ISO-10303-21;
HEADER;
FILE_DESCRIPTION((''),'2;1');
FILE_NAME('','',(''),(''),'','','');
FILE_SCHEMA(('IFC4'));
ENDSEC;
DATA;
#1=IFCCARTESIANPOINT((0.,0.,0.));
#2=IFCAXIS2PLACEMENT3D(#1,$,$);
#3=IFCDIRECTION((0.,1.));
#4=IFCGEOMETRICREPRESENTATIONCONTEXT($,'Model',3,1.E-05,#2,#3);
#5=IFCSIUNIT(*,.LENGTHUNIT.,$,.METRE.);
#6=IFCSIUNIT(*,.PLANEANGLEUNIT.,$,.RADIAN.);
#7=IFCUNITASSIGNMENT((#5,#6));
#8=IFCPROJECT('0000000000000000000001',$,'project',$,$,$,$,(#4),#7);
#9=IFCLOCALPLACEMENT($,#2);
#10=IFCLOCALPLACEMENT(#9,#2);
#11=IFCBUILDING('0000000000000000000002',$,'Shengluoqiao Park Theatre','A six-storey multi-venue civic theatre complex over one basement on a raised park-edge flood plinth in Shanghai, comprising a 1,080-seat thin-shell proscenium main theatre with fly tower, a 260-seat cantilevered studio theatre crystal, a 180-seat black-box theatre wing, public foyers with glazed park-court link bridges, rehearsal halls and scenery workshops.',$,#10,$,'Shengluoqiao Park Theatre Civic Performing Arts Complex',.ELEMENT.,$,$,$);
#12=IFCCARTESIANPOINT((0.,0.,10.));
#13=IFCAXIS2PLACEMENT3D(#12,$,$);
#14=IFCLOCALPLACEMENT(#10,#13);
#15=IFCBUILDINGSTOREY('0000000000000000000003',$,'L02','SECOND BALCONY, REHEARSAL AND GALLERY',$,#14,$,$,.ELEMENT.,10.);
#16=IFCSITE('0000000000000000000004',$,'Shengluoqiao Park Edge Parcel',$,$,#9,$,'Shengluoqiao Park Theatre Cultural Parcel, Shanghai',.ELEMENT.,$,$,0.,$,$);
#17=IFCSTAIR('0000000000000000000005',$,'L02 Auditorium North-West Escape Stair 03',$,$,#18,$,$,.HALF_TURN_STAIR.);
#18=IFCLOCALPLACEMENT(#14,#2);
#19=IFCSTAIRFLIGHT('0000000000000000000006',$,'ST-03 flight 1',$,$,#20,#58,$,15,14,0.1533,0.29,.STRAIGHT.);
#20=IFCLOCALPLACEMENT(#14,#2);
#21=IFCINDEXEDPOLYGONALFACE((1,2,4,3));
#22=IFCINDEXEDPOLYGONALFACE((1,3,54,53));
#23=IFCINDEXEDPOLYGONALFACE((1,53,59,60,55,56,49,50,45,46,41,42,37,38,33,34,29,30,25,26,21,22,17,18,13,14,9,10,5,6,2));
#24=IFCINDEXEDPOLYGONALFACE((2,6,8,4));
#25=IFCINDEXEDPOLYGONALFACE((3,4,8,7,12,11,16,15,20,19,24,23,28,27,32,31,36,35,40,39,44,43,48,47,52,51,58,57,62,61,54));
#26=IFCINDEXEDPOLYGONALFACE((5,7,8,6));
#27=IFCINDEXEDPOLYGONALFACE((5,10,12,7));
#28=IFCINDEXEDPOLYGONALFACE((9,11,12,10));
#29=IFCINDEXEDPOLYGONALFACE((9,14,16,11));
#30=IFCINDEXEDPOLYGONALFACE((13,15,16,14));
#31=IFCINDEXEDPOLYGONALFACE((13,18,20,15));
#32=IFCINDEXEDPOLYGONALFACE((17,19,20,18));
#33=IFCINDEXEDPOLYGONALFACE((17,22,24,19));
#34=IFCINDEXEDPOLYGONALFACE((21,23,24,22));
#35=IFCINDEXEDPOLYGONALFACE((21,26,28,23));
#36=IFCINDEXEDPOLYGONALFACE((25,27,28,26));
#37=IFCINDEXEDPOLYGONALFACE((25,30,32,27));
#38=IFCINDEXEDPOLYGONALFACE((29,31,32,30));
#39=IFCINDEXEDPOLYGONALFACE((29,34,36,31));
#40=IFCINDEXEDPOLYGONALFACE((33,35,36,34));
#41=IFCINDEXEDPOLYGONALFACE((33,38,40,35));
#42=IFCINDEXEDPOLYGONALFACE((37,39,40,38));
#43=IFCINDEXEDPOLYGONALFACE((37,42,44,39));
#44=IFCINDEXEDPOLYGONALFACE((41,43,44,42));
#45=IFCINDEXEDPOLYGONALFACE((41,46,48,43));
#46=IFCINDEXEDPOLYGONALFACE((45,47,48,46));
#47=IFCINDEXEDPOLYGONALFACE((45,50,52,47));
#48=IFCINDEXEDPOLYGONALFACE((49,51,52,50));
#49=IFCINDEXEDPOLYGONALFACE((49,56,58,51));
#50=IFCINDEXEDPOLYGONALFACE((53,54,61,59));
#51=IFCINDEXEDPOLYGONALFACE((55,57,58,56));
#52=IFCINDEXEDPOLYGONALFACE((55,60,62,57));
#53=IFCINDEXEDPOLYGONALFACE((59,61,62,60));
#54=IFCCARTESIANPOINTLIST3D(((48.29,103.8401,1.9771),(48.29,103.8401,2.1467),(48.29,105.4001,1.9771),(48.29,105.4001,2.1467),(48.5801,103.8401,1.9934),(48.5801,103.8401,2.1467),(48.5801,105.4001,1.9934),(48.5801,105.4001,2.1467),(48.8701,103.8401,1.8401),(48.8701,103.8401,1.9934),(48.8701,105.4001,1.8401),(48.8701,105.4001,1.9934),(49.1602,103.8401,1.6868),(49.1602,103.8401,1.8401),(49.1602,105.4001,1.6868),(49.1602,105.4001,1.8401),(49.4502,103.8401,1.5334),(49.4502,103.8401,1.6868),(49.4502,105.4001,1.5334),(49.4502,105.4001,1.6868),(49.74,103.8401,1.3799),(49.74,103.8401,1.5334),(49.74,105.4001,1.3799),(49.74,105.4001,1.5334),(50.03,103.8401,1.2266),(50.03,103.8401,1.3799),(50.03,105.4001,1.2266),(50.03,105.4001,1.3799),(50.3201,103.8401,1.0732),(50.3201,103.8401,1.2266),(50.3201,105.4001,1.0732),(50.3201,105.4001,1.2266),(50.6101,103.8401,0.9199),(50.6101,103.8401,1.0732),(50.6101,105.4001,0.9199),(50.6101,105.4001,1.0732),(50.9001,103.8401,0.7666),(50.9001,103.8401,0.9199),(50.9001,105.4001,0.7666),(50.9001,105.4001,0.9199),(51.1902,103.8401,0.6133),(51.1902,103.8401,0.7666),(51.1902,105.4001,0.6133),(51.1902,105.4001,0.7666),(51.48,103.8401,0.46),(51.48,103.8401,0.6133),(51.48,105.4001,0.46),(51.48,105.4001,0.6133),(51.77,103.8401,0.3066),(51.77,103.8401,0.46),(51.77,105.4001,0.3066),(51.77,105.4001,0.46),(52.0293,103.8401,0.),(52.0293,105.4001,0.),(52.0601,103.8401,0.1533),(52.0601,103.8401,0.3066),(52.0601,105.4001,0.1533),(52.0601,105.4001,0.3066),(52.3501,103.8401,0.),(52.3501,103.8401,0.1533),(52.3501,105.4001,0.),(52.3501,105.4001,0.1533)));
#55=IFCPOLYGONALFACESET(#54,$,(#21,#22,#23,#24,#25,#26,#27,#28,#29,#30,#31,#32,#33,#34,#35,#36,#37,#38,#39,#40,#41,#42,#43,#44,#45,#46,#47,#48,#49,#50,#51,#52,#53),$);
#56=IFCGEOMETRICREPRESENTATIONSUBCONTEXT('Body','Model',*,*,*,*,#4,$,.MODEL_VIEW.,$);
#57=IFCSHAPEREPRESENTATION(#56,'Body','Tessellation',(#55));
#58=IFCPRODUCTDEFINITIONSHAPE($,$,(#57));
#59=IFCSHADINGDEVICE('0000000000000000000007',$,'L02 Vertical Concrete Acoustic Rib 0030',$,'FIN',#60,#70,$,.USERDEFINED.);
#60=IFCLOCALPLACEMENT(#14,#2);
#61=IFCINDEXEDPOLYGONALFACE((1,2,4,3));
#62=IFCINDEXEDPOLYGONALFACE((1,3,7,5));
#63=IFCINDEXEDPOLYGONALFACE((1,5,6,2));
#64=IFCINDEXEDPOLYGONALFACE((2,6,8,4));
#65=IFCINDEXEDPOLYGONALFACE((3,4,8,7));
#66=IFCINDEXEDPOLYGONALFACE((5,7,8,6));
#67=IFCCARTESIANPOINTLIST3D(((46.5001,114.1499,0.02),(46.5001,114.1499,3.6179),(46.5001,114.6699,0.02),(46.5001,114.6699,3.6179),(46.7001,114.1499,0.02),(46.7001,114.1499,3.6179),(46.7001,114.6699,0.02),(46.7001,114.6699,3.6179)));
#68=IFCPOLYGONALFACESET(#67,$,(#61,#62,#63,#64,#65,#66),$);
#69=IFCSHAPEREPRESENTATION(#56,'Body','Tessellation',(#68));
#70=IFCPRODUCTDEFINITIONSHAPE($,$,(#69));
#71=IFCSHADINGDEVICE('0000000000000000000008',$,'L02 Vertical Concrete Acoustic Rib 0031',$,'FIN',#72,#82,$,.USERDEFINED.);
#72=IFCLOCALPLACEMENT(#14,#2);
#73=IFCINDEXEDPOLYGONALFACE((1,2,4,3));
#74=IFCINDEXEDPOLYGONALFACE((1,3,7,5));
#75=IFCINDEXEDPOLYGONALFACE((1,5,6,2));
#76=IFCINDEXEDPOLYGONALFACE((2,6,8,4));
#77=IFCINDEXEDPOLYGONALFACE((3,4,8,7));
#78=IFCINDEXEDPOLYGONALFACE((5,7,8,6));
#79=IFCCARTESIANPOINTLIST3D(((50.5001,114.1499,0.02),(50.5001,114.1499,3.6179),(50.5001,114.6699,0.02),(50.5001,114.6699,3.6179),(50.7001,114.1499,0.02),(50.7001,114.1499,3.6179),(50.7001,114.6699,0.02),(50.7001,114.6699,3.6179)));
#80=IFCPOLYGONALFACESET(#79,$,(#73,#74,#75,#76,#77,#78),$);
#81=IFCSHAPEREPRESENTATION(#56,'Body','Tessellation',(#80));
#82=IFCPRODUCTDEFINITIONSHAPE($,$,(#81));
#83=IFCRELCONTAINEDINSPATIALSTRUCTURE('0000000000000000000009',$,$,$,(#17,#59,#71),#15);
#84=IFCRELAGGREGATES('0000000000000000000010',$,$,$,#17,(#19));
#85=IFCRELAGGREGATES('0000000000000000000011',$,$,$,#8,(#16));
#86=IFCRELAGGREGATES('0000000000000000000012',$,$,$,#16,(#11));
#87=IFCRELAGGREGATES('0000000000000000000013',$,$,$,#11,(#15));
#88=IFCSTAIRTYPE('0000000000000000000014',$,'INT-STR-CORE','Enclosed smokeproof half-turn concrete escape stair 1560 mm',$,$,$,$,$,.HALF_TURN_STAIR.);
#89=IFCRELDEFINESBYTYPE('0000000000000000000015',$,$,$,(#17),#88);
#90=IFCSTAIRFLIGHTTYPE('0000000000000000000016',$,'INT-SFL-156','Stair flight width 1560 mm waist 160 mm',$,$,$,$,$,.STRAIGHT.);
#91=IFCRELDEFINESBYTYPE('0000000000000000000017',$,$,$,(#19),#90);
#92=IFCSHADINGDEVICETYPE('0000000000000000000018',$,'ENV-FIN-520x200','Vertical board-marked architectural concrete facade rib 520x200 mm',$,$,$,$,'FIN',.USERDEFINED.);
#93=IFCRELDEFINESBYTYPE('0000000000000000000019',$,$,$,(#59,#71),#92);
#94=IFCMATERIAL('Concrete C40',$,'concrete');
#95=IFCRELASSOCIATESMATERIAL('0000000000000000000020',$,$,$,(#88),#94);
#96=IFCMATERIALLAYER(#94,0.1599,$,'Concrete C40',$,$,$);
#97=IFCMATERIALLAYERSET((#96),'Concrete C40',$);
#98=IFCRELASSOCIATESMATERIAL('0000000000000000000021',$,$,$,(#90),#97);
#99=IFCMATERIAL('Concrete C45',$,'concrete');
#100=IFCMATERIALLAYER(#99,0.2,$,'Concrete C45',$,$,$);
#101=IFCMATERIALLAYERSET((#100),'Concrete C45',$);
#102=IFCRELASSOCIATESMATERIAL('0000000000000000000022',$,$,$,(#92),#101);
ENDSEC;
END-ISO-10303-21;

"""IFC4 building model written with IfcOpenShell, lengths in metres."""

from ifc_helpers import new_model, si_unit, direction, frame, origin, origin_2d, place, context, subcontext, project, spatial, polyline, rectangle, outline, extrude, material, layer, layer_set, type_object, element, aggregate, save


model = new_model("IFC4")

# Units and contexts
model_context = context("Model", 3, precision=1e-05, world=origin(), true_north=direction((0.0, 1.0)))
body_context = subcontext(model_context, "Body", "Model", "MODEL_VIEW")
ifc_project = project(units=[si_unit("LENGTHUNIT", "METRE"), si_unit("PLANEANGLEUNIT", "RADIAN")], contexts=[model_context])

# Site, building, storey
site_placement = place(None, origin())
site = spatial("IfcSite", under=ifc_project, at=site_placement, Name="Shengluoqiao Park Edge Parcel", LongName="Shengluoqiao Park Theatre Cultural Parcel, Shanghai", CompositionType="ELEMENT", RefElevation=0.0)
building_placement = place(site_placement, origin())
building = spatial("IfcBuilding", under=site, at=building_placement, Name="Shengluoqiao Park Theatre", Description="A six-storey multi-venue civic theatre complex over one basement on a raised park-edge flood plinth in Shanghai, comprising a 1,080-seat thin-shell proscenium main theatre with fly tower, a 260-seat cantilevered studio theatre crystal, a 180-seat black-box theatre wing, public foyers with glazed park-court link bridges, rehearsal halls and scenery workshops.", LongName="Shengluoqiao Park Theatre Civic Performing Arts Complex", CompositionType="ELEMENT")
storey_placement = place(building_placement, frame((0.0, 0.0, 10.0)))
storey = spatial("IfcBuildingStorey", under=building, at=storey_placement, Name="L02", Description="SECOND BALCONY, REHEARSAL AND GALLERY", CompositionType="ELEMENT", Elevation=10.0)

# Shared definitions
ifc_material_1 = material(Name="Concrete C45", Category="concrete")

# Stair, stair flight
ifc_material_2 = material(Name="Concrete C40", Category="concrete")
stair_type = type_object("IfcStairType", Name="INT-STR-CORE", Description="Enclosed smokeproof half-turn concrete escape stair 1560 mm", PredefinedType="HALF_TURN_STAIR", material=ifc_material_2)
stair_placement = place(storey_placement, origin())
stair = element("IfcStair", 1, at=stair_placement, inside=storey, type_object=stair_type, Name="L02 Auditorium North-West Escape Stair 03", PredefinedType="HALF_TURN_STAIR")
ifc_layer_1 = layer(ifc_material_2, 0.1599, Name="Concrete C40")
ifc_layer_set_1 = layer_set([ifc_layer_1], Name="Concrete C40")
stair_flight_type = type_object("IfcStairFlightType", Name="INT-SFL-156", Description="Stair flight width 1560 mm waist 160 mm", PredefinedType="STRAIGHT", material=ifc_layer_set_1)
stair_flight_placement = place(storey_placement, frame((52.3501, 104.6201, 0.0), z_axis=(0.0, 0.0, 1.0), x_axis=(-1.0, 0.0, 0.0)))
stair_flight = element("IfcStairFlight", 2, at=stair_flight_placement, type_object=stair_flight_type, Name="ST-03 flight 1", NumberOfRisers=15, NumberOfTreads=14, PredefinedType="STRAIGHT", RiserHeight=0.1533, TreadLength=0.29, context=body_context, shape_type="SweptSolid", body=[
    extrude(outline(polyline([(0.0, 0.0), (0.0, 0.1533), (0.29, 0.1533), (0.29, 0.3066), (0.5801, 0.3066), (0.5801, 0.46), (0.8701, 0.46), (0.8701, 0.6133), (1.1599, 0.6133), (1.1599, 0.7666), (1.45, 0.7666), (1.45, 0.9199), (1.74, 0.9199), (1.74, 1.0732), (2.03, 1.0732), (2.03, 1.2266), (2.3201, 1.2266), (2.3201, 1.3799), (2.6101, 1.3799), (2.6101, 1.5334), (2.8999, 1.5334), (2.8999, 1.6868), (3.1899, 1.6868), (3.1899, 1.8401), (3.48, 1.8401), (3.48, 1.9934), (3.77, 1.9934), (3.77, 2.1467), (4.0601, 2.1467), (4.0601, 2.3), (4.0601, 1.9771), (0.3208, 0.0), (0.0, 0.0)])), frame((0.0, 0.78, 0.0), z_axis=(0.0, -1.0, 0.0), x_axis=(1.0, 0.0, 0.0)), (0.0, 0.0, 1.0), 1.5601),
])
aggregate(stair, [stair_flight])

# Shading devices
ifc_layer_2 = layer(ifc_material_1, 0.2, Name="Concrete C45")
ifc_layer_set_2 = layer_set([ifc_layer_2], Name="Concrete C45")
shading_device_type = type_object("IfcShadingDeviceType", Name="ENV-FIN-520x200", Description="Vertical board-marked architectural concrete facade rib 520x200 mm", ElementType="FIN", PredefinedType="USERDEFINED", material=ifc_layer_set_2)
for number, where, z_axis, x_axis, name in (
    (3, (46.6001, 114.4099, 0.02), (0.0, 0.0, 1.0), (0.0, 1.0, 0.0), "L02 Vertical Concrete Acoustic Rib 0030"),
    (4, (50.6001, 114.4099, 0.02), (0.0, 0.0, 1.0), (0.0, 1.0, 0.0), "L02 Vertical Concrete Acoustic Rib 0031"),
):
    element("IfcShadingDevice", number, at=place(storey_placement, frame(where, z_axis=z_axis, x_axis=x_axis)), inside=storey, type_object=shading_device_type, Name=name, ObjectType="FIN", PredefinedType="USERDEFINED", context=body_context, shape_type="SweptSolid", body=[
        extrude(rectangle(XDim=0.52, YDim=0.2, at=origin_2d()), origin(), (0.0, 0.0, 1.0), 3.5979),
    ])

save(model, "model.ifc")
